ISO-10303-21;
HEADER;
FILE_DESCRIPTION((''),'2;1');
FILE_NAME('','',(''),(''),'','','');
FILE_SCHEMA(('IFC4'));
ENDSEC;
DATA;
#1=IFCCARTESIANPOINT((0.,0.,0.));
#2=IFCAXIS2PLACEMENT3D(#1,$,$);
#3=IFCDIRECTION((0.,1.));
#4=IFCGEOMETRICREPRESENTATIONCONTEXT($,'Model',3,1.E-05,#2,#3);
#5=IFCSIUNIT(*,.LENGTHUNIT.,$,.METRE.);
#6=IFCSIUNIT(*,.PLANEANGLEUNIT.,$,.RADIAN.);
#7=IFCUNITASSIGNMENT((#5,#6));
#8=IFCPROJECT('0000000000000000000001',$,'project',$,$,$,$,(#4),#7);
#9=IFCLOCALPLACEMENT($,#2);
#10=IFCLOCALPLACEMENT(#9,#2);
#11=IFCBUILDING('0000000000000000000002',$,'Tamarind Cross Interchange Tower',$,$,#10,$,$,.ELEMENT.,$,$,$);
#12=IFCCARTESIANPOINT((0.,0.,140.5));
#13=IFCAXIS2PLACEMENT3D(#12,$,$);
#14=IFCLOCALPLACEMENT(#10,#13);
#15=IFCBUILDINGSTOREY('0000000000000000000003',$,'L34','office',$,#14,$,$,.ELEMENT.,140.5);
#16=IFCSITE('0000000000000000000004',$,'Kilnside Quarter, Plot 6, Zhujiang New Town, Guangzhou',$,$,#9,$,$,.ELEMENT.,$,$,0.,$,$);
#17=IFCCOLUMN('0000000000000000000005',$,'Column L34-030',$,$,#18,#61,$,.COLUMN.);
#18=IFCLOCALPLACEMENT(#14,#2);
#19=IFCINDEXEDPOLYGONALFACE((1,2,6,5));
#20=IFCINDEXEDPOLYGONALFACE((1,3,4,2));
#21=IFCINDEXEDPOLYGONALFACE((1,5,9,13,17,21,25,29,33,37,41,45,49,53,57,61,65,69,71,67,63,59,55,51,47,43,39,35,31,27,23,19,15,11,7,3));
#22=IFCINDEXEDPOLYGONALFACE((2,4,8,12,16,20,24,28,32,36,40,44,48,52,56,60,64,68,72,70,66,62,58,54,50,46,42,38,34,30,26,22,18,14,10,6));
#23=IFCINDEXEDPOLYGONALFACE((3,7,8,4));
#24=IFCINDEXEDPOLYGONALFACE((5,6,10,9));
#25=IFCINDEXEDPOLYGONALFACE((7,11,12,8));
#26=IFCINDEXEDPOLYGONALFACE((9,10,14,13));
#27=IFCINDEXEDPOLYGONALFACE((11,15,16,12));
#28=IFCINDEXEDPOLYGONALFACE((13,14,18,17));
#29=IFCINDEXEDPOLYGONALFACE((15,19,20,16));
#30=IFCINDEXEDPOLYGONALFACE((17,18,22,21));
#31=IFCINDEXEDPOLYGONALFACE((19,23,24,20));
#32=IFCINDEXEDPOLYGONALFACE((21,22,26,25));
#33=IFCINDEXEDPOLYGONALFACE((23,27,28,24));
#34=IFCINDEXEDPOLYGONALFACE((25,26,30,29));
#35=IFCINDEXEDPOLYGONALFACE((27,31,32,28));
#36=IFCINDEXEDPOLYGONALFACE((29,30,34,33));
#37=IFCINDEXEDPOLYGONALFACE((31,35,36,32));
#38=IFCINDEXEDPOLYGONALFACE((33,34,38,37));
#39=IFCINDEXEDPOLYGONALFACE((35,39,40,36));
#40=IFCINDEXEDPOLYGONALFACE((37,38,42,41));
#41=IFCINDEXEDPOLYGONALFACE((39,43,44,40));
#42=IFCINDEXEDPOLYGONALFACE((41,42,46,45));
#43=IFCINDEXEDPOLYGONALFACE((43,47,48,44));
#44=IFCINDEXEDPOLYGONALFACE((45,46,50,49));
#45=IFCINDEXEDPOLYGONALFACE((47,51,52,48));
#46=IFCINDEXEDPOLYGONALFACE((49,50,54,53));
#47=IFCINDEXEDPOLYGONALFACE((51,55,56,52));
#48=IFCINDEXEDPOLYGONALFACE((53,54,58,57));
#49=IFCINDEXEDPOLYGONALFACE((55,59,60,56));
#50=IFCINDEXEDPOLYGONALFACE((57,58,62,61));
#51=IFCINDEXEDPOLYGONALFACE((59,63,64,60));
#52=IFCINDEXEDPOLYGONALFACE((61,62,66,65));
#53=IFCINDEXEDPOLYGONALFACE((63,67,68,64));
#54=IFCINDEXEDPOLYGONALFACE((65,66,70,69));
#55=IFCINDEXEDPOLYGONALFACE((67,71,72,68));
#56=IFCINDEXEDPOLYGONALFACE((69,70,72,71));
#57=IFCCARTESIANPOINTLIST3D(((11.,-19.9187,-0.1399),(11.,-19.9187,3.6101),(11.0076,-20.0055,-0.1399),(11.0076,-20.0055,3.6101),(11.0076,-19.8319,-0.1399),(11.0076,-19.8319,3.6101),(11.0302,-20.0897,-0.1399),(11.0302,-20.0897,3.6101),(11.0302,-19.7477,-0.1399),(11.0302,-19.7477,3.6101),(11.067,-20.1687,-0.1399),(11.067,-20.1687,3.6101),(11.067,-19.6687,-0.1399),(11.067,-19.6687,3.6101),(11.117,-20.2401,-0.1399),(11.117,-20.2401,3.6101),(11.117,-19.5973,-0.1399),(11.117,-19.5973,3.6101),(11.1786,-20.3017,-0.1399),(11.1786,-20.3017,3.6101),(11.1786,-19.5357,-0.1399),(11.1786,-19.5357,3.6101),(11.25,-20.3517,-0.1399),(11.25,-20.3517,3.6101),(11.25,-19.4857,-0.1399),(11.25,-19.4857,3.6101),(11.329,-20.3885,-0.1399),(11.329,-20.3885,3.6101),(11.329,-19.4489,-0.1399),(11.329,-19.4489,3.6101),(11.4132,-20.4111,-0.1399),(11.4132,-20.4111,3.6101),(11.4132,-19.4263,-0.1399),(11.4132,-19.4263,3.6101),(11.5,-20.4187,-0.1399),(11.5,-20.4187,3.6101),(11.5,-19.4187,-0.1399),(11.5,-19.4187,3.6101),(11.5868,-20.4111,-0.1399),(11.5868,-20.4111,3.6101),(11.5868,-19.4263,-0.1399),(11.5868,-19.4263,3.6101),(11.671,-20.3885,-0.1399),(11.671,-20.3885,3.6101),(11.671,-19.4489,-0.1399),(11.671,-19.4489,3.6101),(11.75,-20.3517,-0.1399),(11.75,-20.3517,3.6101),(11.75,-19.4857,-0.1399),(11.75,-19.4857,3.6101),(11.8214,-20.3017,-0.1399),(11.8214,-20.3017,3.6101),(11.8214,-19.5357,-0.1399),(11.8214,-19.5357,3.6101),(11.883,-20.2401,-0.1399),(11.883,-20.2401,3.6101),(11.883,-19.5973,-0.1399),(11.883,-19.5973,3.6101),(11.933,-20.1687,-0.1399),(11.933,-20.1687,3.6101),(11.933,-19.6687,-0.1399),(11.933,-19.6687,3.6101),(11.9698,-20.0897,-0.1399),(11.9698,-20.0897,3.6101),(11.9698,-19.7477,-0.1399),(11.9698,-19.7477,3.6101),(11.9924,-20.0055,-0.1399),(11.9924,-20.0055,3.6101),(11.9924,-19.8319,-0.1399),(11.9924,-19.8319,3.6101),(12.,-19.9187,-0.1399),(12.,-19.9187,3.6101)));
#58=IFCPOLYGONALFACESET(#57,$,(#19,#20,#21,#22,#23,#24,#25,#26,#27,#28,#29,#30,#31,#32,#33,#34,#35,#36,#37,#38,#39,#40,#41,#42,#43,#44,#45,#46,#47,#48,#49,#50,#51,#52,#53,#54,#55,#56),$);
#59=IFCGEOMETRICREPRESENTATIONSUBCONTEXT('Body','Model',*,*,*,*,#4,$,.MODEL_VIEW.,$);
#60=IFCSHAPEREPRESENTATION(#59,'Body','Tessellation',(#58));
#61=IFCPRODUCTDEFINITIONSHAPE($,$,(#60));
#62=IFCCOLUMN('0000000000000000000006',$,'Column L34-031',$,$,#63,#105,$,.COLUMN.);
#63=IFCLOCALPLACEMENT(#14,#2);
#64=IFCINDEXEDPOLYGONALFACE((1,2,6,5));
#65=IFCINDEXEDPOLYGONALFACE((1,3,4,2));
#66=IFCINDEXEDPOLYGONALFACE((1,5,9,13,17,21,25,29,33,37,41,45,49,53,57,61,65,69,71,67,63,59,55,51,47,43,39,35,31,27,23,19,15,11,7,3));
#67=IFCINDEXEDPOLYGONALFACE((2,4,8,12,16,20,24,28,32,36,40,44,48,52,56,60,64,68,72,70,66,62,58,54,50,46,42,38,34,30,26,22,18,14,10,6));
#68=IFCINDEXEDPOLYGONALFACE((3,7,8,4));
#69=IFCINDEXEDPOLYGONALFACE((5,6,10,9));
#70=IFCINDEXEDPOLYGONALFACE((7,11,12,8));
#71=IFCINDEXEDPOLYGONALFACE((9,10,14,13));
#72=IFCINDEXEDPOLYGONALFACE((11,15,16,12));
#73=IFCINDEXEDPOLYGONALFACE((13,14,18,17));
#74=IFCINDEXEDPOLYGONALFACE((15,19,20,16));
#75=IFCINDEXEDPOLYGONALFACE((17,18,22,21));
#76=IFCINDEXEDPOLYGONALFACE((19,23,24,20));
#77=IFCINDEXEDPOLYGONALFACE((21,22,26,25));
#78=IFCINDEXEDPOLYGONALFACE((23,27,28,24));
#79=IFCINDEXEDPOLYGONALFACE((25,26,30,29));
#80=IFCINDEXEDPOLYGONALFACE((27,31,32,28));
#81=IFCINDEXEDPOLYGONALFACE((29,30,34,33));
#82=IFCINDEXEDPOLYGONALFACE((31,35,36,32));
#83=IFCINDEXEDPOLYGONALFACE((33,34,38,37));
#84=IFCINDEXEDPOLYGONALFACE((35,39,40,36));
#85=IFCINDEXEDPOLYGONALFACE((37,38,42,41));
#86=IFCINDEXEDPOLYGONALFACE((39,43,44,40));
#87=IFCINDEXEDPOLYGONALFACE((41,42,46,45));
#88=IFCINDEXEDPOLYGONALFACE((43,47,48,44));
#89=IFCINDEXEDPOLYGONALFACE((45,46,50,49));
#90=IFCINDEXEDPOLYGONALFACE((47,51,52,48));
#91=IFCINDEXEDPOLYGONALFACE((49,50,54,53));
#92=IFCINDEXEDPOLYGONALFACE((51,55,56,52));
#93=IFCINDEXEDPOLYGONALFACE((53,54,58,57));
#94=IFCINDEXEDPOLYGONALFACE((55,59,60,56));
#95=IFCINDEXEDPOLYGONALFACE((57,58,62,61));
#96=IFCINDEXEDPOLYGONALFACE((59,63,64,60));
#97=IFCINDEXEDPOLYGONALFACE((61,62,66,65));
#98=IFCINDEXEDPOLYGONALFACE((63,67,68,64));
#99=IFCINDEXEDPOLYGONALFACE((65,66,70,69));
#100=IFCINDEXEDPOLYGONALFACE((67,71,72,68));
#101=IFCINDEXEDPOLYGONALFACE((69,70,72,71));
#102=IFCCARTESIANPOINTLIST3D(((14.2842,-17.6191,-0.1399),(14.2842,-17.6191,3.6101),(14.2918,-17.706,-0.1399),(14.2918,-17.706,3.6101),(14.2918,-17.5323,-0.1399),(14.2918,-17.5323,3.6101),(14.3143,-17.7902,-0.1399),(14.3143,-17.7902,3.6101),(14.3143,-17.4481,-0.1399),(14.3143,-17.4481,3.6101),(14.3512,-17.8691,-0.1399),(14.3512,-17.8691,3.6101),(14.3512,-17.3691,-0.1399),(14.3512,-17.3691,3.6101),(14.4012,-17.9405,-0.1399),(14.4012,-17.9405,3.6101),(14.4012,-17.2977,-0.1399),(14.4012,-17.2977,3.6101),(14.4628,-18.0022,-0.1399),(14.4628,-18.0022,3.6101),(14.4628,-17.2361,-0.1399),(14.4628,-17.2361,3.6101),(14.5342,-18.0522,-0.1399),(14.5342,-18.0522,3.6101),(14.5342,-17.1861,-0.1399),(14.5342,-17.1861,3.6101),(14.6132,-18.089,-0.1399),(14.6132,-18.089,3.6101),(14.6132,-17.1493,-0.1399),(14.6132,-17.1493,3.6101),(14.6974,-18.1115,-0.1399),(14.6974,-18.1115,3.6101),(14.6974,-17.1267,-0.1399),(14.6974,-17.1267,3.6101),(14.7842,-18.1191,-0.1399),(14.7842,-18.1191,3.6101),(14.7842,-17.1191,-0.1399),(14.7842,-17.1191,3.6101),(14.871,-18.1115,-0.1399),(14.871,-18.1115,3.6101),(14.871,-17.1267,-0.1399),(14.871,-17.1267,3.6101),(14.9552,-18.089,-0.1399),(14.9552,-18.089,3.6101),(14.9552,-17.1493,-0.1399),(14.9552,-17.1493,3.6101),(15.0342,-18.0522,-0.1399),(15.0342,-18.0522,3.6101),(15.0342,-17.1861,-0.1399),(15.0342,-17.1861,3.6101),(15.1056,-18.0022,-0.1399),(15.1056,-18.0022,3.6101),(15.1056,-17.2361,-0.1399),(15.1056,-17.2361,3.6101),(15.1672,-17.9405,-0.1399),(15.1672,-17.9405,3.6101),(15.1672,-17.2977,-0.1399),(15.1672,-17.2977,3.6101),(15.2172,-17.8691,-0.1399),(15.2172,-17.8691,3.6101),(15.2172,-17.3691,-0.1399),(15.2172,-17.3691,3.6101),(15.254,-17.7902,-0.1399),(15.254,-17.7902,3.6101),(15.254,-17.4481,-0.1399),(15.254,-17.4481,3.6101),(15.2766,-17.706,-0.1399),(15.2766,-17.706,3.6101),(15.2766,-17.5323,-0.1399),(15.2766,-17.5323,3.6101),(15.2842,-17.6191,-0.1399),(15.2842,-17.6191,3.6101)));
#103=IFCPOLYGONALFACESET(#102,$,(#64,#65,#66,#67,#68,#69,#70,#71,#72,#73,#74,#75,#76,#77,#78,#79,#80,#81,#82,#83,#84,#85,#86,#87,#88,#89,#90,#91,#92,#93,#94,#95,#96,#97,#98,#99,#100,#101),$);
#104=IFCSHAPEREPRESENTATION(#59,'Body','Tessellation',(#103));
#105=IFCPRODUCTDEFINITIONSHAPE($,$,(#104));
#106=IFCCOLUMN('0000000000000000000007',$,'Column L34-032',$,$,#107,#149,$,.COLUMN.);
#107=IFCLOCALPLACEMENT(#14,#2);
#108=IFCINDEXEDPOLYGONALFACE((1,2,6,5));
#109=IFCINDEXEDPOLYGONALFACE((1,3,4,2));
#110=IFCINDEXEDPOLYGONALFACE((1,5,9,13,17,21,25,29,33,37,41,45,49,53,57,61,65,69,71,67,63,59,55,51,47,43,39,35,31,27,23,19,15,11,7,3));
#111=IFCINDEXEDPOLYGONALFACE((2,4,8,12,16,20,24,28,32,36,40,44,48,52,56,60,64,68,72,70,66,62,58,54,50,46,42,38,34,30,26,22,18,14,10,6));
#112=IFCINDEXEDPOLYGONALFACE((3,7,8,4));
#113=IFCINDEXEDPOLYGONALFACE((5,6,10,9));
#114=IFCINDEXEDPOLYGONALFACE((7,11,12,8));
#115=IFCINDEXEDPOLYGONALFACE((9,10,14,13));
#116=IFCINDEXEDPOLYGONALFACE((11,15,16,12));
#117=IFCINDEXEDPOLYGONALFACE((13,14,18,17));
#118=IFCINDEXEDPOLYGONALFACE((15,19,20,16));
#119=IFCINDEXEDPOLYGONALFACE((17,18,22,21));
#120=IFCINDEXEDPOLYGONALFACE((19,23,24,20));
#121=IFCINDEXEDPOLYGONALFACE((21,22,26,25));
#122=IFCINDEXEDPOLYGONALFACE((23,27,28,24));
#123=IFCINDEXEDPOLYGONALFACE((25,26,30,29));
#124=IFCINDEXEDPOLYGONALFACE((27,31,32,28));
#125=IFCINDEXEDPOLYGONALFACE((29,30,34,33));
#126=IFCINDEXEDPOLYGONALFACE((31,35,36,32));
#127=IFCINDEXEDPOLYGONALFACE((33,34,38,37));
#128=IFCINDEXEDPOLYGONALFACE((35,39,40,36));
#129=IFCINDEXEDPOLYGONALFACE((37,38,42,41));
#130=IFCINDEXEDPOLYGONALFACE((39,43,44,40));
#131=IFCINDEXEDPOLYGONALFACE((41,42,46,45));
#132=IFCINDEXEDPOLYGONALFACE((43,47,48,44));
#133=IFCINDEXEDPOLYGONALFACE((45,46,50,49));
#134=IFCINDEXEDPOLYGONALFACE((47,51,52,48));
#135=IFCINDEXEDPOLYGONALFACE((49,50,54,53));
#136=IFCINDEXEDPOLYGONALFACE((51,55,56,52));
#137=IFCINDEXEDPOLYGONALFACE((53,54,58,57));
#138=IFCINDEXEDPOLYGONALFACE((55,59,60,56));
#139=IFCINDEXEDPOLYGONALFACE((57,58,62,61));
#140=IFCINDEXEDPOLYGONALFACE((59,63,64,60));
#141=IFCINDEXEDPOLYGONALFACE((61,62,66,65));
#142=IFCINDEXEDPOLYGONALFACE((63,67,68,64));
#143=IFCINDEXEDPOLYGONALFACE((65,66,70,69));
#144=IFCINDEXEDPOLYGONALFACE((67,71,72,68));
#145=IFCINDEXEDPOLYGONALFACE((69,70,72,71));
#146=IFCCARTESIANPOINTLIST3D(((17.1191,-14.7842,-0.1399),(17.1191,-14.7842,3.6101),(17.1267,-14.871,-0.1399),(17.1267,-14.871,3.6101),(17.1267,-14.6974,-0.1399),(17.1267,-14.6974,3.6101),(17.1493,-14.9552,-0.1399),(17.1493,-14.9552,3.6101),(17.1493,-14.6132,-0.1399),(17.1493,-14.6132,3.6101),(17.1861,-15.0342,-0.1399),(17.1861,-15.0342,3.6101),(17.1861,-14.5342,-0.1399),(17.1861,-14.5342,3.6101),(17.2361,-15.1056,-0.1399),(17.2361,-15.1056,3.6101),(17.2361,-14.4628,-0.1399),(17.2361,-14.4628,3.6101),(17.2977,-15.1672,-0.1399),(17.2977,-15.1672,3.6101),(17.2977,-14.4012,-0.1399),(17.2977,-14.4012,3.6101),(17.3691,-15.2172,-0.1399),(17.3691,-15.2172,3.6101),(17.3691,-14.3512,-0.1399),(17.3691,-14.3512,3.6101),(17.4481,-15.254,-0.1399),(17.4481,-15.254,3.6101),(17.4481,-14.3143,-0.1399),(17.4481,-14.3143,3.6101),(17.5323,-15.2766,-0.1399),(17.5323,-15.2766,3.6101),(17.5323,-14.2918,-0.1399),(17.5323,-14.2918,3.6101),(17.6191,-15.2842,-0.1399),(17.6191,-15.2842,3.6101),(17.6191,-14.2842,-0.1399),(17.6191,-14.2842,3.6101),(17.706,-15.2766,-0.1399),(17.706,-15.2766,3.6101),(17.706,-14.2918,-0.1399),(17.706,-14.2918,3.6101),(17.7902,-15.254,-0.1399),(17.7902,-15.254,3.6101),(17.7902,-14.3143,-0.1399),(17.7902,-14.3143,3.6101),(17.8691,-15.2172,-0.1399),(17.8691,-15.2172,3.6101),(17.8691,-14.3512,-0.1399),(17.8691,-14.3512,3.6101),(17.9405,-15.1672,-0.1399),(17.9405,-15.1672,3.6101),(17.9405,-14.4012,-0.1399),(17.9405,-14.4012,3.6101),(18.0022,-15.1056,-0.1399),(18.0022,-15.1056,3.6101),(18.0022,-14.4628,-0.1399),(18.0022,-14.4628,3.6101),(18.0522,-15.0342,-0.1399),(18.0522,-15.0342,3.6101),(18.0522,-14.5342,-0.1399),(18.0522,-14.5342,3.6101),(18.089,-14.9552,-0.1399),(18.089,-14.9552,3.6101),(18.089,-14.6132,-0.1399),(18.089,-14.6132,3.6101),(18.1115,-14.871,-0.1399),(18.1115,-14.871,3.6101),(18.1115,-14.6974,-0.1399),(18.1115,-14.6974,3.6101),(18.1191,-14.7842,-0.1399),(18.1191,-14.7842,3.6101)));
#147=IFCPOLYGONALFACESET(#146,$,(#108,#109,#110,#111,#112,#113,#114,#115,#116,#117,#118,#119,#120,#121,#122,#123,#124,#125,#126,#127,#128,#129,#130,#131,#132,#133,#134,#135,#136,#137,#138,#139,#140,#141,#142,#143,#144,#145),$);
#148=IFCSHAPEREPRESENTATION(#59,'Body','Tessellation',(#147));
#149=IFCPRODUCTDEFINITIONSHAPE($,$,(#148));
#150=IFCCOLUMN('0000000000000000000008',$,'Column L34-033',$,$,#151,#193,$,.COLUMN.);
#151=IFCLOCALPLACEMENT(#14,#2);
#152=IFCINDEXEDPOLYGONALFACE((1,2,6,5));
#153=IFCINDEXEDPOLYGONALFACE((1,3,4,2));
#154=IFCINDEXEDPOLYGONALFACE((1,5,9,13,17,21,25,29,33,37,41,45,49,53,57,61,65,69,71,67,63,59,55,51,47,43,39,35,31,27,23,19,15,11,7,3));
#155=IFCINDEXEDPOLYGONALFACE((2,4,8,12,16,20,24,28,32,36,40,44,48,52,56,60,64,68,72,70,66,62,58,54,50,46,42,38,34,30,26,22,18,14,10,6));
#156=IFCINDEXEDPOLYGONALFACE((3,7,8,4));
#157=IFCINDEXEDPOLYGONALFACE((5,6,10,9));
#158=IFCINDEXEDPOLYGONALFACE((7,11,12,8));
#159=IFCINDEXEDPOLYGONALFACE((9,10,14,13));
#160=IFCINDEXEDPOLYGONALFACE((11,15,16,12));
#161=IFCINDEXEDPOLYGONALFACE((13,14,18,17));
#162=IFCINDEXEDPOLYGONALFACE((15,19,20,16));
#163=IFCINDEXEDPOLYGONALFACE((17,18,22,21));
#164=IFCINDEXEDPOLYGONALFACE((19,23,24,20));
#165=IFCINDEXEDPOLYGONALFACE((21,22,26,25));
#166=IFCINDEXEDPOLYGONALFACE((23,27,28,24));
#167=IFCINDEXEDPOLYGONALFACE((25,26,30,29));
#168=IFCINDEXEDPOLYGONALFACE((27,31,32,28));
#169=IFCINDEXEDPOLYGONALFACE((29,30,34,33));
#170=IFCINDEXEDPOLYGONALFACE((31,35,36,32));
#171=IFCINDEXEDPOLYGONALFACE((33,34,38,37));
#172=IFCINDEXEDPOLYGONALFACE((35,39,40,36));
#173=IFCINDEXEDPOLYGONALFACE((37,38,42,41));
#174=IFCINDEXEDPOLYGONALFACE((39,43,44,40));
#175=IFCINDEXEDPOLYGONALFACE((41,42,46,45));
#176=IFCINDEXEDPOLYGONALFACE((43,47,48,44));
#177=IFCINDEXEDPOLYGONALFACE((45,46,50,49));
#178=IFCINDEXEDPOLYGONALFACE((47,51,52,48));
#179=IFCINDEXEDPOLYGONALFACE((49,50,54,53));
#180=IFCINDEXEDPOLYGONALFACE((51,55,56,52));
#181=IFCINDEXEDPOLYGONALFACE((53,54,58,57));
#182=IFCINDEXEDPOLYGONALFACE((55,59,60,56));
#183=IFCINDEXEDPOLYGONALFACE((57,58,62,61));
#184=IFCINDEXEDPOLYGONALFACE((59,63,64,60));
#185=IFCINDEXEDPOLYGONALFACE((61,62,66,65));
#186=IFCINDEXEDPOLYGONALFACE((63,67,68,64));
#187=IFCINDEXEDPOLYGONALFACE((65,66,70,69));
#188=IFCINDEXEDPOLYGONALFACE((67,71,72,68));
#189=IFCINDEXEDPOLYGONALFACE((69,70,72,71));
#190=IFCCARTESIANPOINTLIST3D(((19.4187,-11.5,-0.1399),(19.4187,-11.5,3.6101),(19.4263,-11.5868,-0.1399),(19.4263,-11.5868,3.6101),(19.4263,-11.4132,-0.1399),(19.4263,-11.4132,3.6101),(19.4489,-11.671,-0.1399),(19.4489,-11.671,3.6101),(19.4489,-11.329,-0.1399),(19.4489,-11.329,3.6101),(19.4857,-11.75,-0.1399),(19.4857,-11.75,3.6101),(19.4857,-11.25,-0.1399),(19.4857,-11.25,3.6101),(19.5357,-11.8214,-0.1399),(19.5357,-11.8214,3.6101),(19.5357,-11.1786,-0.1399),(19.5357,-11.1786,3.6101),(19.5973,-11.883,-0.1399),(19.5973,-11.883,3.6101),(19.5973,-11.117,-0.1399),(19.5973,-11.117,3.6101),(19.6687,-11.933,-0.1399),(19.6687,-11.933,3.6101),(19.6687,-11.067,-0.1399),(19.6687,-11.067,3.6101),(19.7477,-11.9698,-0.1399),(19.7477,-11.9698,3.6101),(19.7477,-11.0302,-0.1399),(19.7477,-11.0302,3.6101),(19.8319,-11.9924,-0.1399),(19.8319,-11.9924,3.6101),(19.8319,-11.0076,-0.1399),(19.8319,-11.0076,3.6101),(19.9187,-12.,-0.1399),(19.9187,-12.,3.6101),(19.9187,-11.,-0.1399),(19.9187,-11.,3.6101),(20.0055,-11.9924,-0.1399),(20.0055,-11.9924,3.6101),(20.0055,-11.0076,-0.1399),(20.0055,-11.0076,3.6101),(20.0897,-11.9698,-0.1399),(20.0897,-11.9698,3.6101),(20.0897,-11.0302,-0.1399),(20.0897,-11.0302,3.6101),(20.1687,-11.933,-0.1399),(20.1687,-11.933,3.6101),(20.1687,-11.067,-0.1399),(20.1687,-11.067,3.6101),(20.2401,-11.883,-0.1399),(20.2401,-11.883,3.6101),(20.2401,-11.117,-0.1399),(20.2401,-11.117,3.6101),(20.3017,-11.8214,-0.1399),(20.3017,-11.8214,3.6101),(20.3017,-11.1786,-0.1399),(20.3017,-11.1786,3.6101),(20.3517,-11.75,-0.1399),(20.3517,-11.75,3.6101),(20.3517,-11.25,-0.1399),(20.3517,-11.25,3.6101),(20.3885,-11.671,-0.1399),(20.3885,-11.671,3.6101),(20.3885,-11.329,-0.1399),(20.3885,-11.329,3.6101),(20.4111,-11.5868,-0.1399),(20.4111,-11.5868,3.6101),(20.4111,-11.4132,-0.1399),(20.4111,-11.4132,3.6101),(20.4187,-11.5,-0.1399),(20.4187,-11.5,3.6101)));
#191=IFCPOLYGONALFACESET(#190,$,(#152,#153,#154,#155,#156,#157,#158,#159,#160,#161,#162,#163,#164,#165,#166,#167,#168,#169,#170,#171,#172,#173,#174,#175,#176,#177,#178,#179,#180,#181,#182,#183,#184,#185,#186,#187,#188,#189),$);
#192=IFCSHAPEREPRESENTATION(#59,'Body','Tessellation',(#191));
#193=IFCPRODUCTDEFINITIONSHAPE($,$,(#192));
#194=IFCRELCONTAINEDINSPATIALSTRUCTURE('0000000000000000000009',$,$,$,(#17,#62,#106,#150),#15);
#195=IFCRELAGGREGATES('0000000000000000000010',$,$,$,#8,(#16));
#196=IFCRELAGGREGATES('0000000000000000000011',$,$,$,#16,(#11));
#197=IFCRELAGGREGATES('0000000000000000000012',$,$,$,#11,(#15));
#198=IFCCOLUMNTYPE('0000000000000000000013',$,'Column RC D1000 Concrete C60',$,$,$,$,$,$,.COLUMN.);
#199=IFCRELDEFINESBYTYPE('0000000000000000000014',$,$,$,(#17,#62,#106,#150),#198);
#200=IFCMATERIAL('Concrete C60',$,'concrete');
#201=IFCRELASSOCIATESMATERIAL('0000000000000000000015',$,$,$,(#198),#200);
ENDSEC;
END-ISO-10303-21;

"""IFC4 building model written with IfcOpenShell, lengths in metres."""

from ifc_helpers import new_model, si_unit, direction, frame, origin, origin_2d, place, context, subcontext, project, spatial, circle, extrude, material, material_profile, profile_set, type_object, element, save


model = new_model("IFC4")

# Units and contexts
model_context = context("Model", 3, precision=1e-05, world=origin(), true_north=direction((0.0, 1.0)))
body_context = subcontext(model_context, "Body", "Model", "MODEL_VIEW")
ifc_project = project(units=[si_unit("LENGTHUNIT", "METRE"), si_unit("PLANEANGLEUNIT", "RADIAN")], contexts=[model_context])

# Site, building, storey
site_placement = place(None, origin())
site = spatial("IfcSite", under=ifc_project, at=site_placement, Name="Kilnside Quarter, Plot 6, Zhujiang New Town, Guangzhou", CompositionType="ELEMENT", RefElevation=0.0)
building_placement = place(site_placement, origin())
building = spatial("IfcBuilding", under=site, at=building_placement, Name="Tamarind Cross Interchange Tower", CompositionType="ELEMENT")
storey_placement = place(building_placement, frame((0.0, 0.0, 140.5)))
storey = spatial("IfcBuildingStorey", under=building, at=storey_placement, Name="L34", Description="office", CompositionType="ELEMENT", Elevation=140.5)

# Columns
ifc_material_1 = material(Name="Concrete C60", Category="concrete")
ifc_material_profile_1 = material_profile(ifc_material_1, circle(Radius=0.5, at=origin_2d()), Name="RC D1000")
ifc_profile_set_1 = profile_set([ifc_material_profile_1], Name="Concrete C60")
column_type = type_object("IfcColumnType", Name="Column RC D1000 Concrete C60", PredefinedType="COLUMN", material=ifc_profile_set_1)
for number, where, z_axis, x_axis, name in (
    (1, (11.5, -19.9187, -0.1399), (0.0, 0.0, 1.0), (1.0, 0.0, 0.0), "Column L34-030"),
    (2, (14.7842, -17.6191, -0.1399), (0.0, 0.0, 1.0), (1.0, 0.0, 0.0), "Column L34-031"),
    (3, (17.6191, -14.7842, -0.1399), (0.0, 0.0, 1.0), (1.0, 0.0, 0.0), "Column L34-032"),
    (4, (19.9187, -11.5, -0.1399), (0.0, 0.0, 1.0), (1.0, 0.0, 0.0), "Column L34-033"),
):
    element("IfcColumn", number, at=place(storey_placement, frame(where, z_axis=z_axis, x_axis=x_axis)), inside=storey, type_object=column_type, Name=name, PredefinedType="COLUMN", context=body_context, shape_type="SweptSolid", body=[
        extrude(circle(Radius=0.5, at=origin_2d()), origin(), (0.0, 0.0, 1.0), 3.75),
    ])

save(model, "model.ifc")
